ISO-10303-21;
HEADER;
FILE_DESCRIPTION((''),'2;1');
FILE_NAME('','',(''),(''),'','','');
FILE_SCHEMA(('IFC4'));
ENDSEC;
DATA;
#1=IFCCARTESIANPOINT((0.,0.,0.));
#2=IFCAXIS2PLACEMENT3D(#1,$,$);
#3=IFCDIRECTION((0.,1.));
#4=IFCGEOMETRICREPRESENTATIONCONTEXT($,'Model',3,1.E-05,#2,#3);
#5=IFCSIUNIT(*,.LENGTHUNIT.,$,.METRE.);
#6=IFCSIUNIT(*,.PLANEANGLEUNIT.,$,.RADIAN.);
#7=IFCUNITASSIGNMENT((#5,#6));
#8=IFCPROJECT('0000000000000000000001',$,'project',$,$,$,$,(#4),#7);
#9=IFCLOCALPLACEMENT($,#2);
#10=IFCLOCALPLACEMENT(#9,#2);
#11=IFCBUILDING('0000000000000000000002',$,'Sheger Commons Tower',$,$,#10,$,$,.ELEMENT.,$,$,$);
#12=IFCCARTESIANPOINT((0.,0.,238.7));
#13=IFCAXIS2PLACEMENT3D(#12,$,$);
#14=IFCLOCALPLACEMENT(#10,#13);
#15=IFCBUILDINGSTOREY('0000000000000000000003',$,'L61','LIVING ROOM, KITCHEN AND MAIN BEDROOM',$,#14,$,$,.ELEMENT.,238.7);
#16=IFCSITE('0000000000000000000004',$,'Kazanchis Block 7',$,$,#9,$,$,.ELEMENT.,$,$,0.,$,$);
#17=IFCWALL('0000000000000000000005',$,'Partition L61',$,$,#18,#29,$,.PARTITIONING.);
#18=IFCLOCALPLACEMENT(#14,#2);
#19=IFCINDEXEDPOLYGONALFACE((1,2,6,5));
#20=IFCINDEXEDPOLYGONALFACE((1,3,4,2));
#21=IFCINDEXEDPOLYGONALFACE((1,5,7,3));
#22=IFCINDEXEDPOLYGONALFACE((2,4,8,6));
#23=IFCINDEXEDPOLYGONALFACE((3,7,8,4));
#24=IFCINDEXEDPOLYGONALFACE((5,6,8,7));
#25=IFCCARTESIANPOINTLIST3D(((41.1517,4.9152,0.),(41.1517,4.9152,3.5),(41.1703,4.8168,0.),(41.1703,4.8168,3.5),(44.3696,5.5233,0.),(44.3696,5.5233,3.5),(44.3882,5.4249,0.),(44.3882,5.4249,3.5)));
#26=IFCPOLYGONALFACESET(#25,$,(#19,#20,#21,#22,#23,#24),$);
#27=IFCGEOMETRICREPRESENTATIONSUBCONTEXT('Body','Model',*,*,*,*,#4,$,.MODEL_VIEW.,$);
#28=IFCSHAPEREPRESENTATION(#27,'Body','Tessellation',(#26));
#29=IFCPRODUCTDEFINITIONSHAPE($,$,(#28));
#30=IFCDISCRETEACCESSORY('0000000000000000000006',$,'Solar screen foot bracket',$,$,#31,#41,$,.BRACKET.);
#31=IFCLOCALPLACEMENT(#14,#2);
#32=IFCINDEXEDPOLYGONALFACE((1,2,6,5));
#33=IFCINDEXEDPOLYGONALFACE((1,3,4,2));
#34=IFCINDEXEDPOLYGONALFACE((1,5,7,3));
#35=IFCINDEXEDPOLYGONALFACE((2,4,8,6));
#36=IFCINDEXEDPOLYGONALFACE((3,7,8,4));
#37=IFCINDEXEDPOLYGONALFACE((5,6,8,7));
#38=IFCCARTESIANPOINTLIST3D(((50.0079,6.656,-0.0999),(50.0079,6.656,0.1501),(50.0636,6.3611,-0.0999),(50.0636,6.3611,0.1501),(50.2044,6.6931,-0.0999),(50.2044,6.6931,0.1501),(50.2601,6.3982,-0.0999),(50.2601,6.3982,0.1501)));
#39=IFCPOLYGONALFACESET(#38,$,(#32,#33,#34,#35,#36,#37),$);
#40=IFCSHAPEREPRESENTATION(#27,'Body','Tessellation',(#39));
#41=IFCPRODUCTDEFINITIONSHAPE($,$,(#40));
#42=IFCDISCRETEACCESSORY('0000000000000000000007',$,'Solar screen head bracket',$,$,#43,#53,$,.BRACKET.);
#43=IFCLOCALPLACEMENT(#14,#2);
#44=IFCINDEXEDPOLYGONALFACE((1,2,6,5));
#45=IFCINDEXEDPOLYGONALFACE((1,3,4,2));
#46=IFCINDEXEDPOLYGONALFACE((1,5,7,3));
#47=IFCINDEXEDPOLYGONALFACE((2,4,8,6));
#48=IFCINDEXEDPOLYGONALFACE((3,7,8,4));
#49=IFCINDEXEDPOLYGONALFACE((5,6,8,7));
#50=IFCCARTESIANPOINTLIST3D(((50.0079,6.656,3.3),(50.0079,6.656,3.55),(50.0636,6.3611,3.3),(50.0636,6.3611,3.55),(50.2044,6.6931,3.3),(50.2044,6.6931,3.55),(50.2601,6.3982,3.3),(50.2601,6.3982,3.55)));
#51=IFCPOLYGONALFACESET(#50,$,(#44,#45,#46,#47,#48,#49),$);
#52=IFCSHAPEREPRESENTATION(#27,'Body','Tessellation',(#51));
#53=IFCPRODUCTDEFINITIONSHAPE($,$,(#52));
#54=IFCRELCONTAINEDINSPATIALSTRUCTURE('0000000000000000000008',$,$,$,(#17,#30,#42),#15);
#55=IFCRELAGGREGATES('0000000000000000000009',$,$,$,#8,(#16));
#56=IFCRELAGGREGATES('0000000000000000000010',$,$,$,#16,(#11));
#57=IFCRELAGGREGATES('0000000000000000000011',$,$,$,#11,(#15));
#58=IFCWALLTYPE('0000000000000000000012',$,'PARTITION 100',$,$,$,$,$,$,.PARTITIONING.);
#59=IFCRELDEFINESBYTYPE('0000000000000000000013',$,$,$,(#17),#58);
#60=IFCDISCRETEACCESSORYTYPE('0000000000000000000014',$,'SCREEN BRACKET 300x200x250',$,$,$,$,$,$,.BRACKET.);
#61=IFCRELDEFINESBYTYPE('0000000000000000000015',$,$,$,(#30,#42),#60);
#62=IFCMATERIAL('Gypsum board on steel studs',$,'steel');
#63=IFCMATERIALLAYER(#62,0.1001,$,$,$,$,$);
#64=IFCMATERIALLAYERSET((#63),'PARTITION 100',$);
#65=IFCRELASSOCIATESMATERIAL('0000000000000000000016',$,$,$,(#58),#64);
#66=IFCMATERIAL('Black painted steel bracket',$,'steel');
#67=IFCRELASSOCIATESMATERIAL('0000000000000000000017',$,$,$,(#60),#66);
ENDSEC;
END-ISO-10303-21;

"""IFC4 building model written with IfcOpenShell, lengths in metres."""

from ifc_helpers import new_model, si_unit, direction, frame, frame_2d, origin, origin_2d, place, context, subcontext, project, spatial, rectangle, extrude, material, layer, layer_set, type_object, element, save


model = new_model("IFC4")

# Units and contexts
model_context = context("Model", 3, precision=1e-05, world=origin(), true_north=direction((0.0, 1.0)))
body_context = subcontext(model_context, "Body", "Model", "MODEL_VIEW")
ifc_project = project(units=[si_unit("LENGTHUNIT", "METRE"), si_unit("PLANEANGLEUNIT", "RADIAN")], contexts=[model_context])

# Site, building, storey
site_placement = place(None, origin())
site = spatial("IfcSite", under=ifc_project, at=site_placement, Name="Kazanchis Block 7", CompositionType="ELEMENT", RefElevation=0.0)
building_placement = place(site_placement, origin())
building = spatial("IfcBuilding", under=site, at=building_placement, Name="Sheger Commons Tower", CompositionType="ELEMENT")
storey_placement = place(building_placement, frame((0.0, 0.0, 238.7)))
storey = spatial("IfcBuildingStorey", under=building, at=storey_placement, Name="L61", Description="LIVING ROOM, KITCHEN AND MAIN BEDROOM", CompositionType="ELEMENT", Elevation=238.7)

# Wall
ifc_material_1 = material(Name="Gypsum board on steel studs", Category="steel")
ifc_layer_1 = layer(ifc_material_1, 0.1001)
ifc_layer_set_1 = layer_set([ifc_layer_1], Name="PARTITION 100")
wall_type_1 = type_object("IfcWallType", Name="PARTITION 100", PredefinedType="PARTITIONING", material=ifc_layer_set_1)
wall_1_placement = place(storey_placement, frame((44.3789, 5.4741, 0.0), z_axis=(0.0, 0.0, 1.0), x_axis=(-0.982607, -0.185697, 0.0)))
element("IfcWall", 1, at=wall_1_placement, inside=storey, type_object=wall_type_1, Name="Partition L61", PredefinedType="PARTITIONING", context=body_context, shape_type="SweptSolid", body=[
    extrude(rectangle(XDim=3.2749, YDim=0.1001, at=frame_2d((1.6375, 0.0))), origin(), (0.0, 0.0, 1.0), 3.5),
])

# Discrete accessories
ifc_material_2 = material(Name="Black painted steel bracket", Category="steel")
discrete_accessory_type = type_object("IfcDiscreteAccessoryType", Name="SCREEN BRACKET 300x200x250", PredefinedType="BRACKET", material=ifc_material_2)
for number, where, z_axis, x_axis, name in (
    (2, (50.134, 6.5271, -0.0999), (0.0, 0.0, 1.0), (-0.185615, 0.982623, 0.0), "Solar screen foot bracket"),
    (3, (50.134, 6.5271, 3.3), (0.0, 0.0, 1.0), (-0.185615, 0.982623, 0.0), "Solar screen head bracket"),
):
    element("IfcDiscreteAccessory", number, at=place(storey_placement, frame(where, z_axis=z_axis, x_axis=x_axis)), inside=storey, type_object=discrete_accessory_type, Name=name, PredefinedType="BRACKET", context=body_context, shape_type="SweptSolid", body=[
        extrude(rectangle(XDim=0.3, YDim=0.2, at=origin_2d()), origin(), (0.0, 0.0, 1.0), 0.25),
    ])

save(model, "model.ifc")
